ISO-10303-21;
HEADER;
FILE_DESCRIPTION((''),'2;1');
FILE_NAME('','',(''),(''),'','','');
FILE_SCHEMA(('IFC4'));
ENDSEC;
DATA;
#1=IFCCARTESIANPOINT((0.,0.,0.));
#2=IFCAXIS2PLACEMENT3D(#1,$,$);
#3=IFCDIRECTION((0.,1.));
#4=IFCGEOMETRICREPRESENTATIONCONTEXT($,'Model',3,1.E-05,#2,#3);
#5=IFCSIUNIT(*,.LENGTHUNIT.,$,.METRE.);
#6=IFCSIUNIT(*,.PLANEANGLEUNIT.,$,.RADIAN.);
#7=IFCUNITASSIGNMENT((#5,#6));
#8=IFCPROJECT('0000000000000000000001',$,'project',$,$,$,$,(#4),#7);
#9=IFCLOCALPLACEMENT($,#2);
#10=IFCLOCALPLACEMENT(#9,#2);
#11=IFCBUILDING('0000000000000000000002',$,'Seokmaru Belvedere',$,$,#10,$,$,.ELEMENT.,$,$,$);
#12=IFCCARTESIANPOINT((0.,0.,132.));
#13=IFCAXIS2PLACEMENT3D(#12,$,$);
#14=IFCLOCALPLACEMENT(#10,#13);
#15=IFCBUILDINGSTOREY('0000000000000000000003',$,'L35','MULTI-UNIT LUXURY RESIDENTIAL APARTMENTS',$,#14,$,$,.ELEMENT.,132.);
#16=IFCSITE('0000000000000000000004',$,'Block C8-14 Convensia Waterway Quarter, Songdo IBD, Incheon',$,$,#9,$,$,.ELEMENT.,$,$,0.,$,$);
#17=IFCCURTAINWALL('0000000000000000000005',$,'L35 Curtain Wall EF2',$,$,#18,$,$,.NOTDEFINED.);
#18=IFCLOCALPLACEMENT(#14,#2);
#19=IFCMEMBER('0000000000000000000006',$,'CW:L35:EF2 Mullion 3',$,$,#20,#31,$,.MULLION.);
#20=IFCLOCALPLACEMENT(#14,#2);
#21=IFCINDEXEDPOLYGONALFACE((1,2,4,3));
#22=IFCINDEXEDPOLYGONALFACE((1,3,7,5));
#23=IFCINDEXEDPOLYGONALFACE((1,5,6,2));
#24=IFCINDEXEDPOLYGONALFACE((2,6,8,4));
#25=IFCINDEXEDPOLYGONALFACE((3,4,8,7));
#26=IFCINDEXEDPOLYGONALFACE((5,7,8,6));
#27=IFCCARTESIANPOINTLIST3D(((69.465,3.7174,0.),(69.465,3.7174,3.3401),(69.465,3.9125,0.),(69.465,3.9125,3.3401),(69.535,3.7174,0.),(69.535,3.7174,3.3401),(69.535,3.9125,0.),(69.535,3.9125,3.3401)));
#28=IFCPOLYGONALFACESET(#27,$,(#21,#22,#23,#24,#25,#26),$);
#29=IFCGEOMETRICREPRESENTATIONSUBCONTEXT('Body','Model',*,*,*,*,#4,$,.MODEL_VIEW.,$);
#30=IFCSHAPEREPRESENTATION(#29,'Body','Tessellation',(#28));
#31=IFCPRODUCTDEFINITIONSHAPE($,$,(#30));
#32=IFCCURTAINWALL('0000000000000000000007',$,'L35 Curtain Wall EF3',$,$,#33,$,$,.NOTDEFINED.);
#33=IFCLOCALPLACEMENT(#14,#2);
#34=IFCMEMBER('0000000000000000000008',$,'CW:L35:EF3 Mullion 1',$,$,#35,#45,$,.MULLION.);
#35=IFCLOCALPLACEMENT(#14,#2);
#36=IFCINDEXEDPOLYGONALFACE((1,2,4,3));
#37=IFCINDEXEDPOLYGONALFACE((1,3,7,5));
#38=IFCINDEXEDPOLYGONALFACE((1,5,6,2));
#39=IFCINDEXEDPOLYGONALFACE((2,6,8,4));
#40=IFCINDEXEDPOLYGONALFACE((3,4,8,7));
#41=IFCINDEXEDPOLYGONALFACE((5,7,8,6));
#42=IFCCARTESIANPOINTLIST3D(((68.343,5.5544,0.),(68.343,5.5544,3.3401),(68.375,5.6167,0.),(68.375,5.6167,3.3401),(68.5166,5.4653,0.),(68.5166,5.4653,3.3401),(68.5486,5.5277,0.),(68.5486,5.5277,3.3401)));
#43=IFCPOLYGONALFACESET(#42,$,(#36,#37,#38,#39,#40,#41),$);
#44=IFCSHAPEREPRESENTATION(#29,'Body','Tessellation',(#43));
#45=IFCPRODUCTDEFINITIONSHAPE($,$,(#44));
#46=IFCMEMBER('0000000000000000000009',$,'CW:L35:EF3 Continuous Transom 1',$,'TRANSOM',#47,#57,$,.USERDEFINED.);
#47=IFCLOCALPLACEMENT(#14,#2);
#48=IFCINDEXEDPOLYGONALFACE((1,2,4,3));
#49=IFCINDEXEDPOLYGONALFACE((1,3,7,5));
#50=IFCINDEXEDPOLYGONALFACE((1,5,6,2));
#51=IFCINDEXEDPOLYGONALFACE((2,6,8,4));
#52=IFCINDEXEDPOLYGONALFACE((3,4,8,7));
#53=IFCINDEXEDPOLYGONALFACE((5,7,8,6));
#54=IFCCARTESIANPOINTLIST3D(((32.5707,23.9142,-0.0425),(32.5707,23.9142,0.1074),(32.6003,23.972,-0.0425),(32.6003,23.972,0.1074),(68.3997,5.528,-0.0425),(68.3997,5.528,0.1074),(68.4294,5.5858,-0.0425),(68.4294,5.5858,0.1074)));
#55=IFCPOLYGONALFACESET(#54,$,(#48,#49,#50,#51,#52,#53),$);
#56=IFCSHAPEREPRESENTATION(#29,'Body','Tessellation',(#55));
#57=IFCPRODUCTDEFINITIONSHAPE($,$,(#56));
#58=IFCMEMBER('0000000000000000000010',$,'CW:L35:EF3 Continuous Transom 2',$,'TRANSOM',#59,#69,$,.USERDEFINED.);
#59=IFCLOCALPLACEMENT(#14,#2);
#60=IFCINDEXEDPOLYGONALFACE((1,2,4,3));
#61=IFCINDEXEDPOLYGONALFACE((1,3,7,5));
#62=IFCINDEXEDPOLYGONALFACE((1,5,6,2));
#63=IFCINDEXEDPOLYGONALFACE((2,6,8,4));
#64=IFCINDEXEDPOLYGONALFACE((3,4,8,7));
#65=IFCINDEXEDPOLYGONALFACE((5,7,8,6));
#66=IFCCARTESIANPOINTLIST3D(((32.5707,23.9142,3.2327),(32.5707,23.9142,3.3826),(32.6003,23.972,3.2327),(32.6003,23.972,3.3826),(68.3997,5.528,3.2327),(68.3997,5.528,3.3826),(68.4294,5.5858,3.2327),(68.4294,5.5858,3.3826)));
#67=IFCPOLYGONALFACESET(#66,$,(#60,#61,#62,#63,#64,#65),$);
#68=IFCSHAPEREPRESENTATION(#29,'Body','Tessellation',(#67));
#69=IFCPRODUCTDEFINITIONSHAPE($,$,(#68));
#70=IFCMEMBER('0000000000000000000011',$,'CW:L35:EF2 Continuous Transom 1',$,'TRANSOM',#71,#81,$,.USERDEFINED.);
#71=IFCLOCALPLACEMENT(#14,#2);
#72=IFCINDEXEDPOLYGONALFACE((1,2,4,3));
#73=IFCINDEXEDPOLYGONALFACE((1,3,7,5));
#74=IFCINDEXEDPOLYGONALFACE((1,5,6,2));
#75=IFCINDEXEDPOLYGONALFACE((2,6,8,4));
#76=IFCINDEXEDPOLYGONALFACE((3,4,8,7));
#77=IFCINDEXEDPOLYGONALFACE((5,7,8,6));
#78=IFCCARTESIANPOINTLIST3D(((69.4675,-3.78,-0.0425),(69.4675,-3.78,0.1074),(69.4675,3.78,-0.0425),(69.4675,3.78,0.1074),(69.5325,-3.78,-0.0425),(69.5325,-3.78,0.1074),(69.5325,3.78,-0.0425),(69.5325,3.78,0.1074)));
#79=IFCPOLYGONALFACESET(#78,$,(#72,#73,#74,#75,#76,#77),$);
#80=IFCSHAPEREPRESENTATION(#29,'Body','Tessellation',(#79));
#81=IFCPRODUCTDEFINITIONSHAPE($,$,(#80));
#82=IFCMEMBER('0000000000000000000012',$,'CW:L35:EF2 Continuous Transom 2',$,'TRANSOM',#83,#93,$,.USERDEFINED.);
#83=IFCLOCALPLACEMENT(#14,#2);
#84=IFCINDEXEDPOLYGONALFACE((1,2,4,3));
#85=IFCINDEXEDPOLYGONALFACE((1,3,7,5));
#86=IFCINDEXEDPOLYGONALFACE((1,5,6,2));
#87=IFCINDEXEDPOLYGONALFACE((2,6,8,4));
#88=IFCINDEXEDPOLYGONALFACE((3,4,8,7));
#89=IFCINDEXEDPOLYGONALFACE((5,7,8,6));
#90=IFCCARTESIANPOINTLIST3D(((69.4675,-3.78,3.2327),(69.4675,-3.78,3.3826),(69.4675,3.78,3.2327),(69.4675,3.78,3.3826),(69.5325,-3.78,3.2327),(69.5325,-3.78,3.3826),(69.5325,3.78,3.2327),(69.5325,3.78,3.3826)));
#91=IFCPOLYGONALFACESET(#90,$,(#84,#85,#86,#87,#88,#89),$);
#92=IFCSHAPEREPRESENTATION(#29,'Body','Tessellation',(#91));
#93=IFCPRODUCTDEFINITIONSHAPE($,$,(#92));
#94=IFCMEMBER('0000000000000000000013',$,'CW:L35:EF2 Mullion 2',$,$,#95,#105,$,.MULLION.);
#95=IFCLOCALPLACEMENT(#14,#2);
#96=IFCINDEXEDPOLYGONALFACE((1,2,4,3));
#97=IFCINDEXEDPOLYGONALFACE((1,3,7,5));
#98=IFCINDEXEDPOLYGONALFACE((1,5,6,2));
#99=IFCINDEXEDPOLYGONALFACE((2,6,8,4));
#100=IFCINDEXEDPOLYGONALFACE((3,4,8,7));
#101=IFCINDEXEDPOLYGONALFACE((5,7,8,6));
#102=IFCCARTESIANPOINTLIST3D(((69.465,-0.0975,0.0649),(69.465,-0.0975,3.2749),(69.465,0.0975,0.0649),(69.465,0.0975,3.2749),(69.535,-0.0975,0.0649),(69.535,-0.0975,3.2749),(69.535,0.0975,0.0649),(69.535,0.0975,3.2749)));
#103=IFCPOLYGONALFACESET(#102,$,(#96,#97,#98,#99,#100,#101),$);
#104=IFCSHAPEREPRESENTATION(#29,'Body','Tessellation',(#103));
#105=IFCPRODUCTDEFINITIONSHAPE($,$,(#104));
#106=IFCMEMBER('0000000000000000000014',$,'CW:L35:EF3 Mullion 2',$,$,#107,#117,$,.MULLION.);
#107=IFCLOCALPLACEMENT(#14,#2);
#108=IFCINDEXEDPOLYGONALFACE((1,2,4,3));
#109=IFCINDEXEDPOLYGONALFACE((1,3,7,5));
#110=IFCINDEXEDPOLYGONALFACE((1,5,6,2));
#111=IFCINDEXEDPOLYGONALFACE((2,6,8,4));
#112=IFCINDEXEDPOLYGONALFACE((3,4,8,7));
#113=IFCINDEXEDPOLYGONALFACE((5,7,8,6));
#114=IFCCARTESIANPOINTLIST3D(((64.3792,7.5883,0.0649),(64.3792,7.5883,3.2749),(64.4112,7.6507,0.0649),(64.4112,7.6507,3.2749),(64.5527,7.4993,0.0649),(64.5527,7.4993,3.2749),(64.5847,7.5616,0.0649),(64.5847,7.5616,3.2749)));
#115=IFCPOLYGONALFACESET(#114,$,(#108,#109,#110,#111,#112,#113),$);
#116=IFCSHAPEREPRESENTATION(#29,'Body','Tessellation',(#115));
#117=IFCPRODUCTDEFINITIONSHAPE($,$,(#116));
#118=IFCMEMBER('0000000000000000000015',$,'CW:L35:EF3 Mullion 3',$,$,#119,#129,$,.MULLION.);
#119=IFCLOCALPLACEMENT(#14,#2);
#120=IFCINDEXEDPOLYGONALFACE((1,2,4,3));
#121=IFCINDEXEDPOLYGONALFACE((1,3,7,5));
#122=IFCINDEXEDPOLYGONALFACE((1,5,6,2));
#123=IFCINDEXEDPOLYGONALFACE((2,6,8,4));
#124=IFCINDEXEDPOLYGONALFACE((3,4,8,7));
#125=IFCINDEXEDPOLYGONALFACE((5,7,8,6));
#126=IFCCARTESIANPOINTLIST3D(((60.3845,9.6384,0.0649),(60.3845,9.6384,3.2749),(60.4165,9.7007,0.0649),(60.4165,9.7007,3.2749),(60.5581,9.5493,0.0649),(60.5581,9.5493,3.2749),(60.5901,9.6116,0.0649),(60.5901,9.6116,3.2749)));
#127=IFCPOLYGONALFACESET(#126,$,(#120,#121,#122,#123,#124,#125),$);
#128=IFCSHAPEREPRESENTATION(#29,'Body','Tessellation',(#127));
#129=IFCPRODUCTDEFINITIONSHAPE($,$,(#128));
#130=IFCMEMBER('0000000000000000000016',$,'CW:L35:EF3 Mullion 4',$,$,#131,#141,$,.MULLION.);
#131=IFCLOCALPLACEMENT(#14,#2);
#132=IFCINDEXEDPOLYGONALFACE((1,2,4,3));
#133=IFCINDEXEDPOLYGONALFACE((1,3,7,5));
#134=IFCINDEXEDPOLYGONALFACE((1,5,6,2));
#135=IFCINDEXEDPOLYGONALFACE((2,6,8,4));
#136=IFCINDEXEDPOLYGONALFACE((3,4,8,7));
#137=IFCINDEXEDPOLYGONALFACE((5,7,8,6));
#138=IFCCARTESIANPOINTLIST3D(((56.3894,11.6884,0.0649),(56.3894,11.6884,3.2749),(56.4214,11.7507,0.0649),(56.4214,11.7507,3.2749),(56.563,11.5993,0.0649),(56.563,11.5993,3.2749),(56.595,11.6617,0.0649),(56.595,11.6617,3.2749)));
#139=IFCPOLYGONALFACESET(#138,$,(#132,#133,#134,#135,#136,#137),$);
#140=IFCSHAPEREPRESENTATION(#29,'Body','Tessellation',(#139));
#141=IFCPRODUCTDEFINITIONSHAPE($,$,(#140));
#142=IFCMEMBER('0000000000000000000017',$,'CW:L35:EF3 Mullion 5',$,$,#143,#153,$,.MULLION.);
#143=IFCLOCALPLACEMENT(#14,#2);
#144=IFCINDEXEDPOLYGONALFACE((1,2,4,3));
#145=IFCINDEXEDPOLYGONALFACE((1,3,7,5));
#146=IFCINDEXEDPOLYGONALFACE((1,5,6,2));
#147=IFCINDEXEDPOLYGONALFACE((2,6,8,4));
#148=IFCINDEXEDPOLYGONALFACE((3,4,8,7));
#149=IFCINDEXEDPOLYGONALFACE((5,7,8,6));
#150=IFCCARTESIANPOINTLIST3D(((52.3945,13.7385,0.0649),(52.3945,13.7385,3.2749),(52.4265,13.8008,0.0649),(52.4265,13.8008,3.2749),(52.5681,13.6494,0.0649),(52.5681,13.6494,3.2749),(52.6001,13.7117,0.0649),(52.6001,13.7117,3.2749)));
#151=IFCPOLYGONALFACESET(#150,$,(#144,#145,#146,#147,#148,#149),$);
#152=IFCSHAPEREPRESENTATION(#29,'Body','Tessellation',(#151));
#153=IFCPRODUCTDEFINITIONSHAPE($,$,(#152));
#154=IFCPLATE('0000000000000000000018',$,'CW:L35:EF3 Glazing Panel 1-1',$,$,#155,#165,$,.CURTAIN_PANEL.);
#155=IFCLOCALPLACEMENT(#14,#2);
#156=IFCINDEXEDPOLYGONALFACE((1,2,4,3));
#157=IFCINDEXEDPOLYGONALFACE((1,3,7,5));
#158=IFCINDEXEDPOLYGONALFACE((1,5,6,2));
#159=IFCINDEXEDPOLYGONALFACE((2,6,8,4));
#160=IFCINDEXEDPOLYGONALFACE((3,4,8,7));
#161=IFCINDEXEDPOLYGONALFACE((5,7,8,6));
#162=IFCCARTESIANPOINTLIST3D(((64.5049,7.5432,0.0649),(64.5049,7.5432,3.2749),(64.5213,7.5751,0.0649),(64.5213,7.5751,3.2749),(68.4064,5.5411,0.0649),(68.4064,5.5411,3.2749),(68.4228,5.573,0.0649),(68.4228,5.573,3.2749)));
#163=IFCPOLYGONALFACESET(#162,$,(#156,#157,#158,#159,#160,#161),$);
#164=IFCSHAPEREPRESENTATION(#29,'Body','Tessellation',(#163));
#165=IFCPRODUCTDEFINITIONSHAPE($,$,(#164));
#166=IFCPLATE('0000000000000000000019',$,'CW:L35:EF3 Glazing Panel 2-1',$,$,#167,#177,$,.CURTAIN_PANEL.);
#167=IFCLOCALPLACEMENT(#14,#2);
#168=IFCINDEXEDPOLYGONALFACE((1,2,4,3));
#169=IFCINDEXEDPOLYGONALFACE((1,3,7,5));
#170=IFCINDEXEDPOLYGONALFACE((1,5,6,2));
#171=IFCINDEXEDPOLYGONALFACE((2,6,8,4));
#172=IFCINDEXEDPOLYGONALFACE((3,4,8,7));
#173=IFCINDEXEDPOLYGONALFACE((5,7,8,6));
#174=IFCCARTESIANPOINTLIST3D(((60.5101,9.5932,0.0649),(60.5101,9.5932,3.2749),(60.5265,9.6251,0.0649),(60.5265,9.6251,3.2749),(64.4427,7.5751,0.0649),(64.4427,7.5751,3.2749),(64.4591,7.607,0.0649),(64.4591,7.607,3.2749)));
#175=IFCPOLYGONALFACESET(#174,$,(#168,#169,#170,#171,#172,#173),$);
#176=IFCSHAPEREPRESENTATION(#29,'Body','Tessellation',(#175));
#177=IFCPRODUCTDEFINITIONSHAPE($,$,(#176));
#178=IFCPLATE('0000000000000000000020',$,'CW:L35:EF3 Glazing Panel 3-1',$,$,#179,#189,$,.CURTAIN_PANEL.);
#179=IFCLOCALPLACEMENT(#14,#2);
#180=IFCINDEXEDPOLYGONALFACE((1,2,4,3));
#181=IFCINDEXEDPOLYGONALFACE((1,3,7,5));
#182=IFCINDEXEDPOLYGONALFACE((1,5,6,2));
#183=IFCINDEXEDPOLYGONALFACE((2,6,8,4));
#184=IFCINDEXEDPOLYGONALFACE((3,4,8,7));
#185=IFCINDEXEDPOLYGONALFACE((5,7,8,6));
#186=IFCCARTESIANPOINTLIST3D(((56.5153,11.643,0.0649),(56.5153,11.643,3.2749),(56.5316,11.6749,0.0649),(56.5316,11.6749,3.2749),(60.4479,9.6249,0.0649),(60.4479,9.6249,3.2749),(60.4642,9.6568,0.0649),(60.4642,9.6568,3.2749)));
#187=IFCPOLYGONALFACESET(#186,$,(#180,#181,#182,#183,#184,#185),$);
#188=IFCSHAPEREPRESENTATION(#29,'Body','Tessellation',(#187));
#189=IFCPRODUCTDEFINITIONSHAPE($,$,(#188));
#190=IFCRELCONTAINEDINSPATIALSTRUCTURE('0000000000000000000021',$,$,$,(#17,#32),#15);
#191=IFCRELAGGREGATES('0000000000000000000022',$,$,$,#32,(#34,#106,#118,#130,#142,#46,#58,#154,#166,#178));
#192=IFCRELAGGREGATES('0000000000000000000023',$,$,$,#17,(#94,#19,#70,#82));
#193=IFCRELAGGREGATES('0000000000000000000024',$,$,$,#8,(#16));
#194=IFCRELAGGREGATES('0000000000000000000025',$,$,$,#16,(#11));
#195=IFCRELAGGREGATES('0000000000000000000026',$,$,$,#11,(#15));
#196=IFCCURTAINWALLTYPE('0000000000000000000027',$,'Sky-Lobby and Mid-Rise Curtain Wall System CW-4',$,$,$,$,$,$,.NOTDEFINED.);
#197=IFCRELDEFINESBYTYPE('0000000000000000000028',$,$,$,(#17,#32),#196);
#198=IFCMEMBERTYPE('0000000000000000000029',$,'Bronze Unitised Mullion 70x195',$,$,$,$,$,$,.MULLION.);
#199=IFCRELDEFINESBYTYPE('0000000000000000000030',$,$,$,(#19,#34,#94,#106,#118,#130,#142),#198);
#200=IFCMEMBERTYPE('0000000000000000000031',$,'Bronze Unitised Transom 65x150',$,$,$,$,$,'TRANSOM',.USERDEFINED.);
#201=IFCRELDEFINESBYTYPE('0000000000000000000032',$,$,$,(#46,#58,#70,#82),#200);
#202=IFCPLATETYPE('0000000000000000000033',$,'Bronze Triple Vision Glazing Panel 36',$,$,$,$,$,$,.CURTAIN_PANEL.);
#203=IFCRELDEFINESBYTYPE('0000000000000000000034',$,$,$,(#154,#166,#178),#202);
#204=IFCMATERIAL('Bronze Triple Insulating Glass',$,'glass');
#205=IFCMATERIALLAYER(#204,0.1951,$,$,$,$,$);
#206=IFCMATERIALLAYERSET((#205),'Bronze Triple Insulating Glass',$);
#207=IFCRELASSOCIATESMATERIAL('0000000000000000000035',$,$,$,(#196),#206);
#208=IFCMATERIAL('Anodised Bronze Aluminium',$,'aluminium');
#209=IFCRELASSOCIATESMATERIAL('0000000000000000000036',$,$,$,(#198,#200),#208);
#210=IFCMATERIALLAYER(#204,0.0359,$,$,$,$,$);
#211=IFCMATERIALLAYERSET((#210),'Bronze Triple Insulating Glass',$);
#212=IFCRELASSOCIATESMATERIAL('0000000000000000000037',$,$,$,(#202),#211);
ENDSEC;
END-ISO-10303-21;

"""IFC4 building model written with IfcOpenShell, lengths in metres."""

from ifc_helpers import new_model, si_unit, direction, frame, origin, origin_2d, place, context, subcontext, project, spatial, rectangle, extrude, source, transform, mapped, material, layer, layer_set, material_profile, profile_set, type_object, type_shapes, element, aggregate, save


model = new_model("IFC4")

# Units and contexts
model_context = context("Model", 3, precision=1e-05, world=origin(), true_north=direction((0.0, 1.0)))
body_context = subcontext(model_context, "Body", "Model", "MODEL_VIEW")
ifc_project = project(units=[si_unit("LENGTHUNIT", "METRE"), si_unit("PLANEANGLEUNIT", "RADIAN")], contexts=[model_context])

# Site, building, storey
site_placement = place(None, origin())
site = spatial("IfcSite", under=ifc_project, at=site_placement, Name="Block C8-14 Convensia Waterway Quarter, Songdo IBD, Incheon", CompositionType="ELEMENT", RefElevation=0.0)
building_placement = place(site_placement, origin())
building = spatial("IfcBuilding", under=site, at=building_placement, Name="Seokmaru Belvedere", CompositionType="ELEMENT")
storey_placement = place(building_placement, frame((0.0, 0.0, 132.0)))
storey = spatial("IfcBuildingStorey", under=building, at=storey_placement, Name="L35", Description="MULTI-UNIT LUXURY RESIDENTIAL APARTMENTS", CompositionType="ELEMENT", Elevation=132.0)

# Curtain walls, members
ifc_material_1 = material(Name="Bronze Triple Insulating Glass", Category="glass")
ifc_layer_1 = layer(ifc_material_1, 0.1951)
ifc_layer_set_1 = layer_set([ifc_layer_1], Name="Bronze Triple Insulating Glass")
curtain_wall_type = type_object("IfcCurtainWallType", Name="Sky-Lobby and Mid-Rise Curtain Wall System CW-4", PredefinedType="NOTDEFINED", material=ifc_layer_set_1)
curtain_wall_1_placement = place(storey_placement, origin())
curtain_wall_1 = element("IfcCurtainWall", 1, at=curtain_wall_1_placement, inside=storey, type_object=curtain_wall_type, Name="L35 Curtain Wall EF2", PredefinedType="NOTDEFINED")
ifc_material_2 = material(Name="Anodised Bronze Aluminium", Category="aluminium")
ifc_material_profile_1 = material_profile(ifc_material_2, rectangle(XDim=0.0701, YDim=0.1951, at=origin_2d()), Name="CW-M-70x195")
ifc_profile_set_1 = profile_set([ifc_material_profile_1], Name="Anodised Bronze Aluminium")
member_type_1 = type_object("IfcMemberType", Name="Bronze Unitised Mullion 70x195", PredefinedType="MULLION", material=ifc_profile_set_1)
shared_shape_1 = source(origin(), body_context, "Body", "SweptSolid", [
    extrude(rectangle(XDim=0.0701, YDim=0.1951, at=origin_2d()), origin(), (0.0, 0.0, 1.0), 3.3401),
])
member_1_placement = place(storey_placement, frame((69.5, 3.8149, 0.0), z_axis=(0.0, 0.0, 1.0), x_axis=(-1.0, 0.0, 0.0)))
member_1 = element("IfcMember", 2, at=member_1_placement, type_object=member_type_1, Name="CW:L35:EF2 Mullion 3", PredefinedType="MULLION", context=body_context, shape_type="MappedRepresentation", body=[
    mapped(shared_shape_1, transform((0.0, 0.0, 0.0), scale=1.0)),
])
curtain_wall_2_placement = place(storey_placement, origin())
curtain_wall_2 = element("IfcCurtainWall", 3, at=curtain_wall_2_placement, inside=storey, type_object=curtain_wall_type, Name="L35 Curtain Wall EF3", PredefinedType="NOTDEFINED")
member_2_placement = place(storey_placement, frame((68.4458, 5.541, 0.0), z_axis=(0.0, 0.0, 1.0), x_axis=(-0.456555, -0.889695, 0.0)))
member_2 = element("IfcMember", 4, at=member_2_placement, type_object=member_type_1, Name="CW:L35:EF3 Mullion 1", PredefinedType="MULLION", context=body_context, shape_type="MappedRepresentation", body=[
    mapped(shared_shape_1, transform((0.0, 0.0, 0.0), scale=1.0)),
])
ifc_material_profile_2 = material_profile(ifc_material_2, rectangle(XDim=0.0649, YDim=0.1499, at=origin_2d()), Name="CW-T-65x150")
ifc_profile_set_2 = profile_set([ifc_material_profile_2], Name="Anodised Bronze Aluminium")
member_type_2 = type_object("IfcMemberType", Name="Bronze Unitised Transom 65x150", ElementType="TRANSOM", PredefinedType="USERDEFINED", material=ifc_profile_set_2)
shared_shape_2 = source(origin(), body_context, "Body", "SweptSolid", [
    extrude(rectangle(XDim=0.0649, YDim=0.1499, at=origin_2d()), origin(), (0.0, 0.0, 1.0), 40.2712),
])
member_3_placement = place(storey_placement, frame((68.4146, 5.5569, 0.0325), z_axis=(-0.889693, 0.456559, 0.0), x_axis=(-0.456559, -0.889693, 0.0)))
member_3 = element("IfcMember", 5, at=member_3_placement, type_object=member_type_2, Name="CW:L35:EF3 Continuous Transom 1", ObjectType="TRANSOM", PredefinedType="USERDEFINED", context=body_context, shape_type="MappedRepresentation", body=[
    mapped(shared_shape_2, transform((0.0, 0.0, 0.0), scale=1.0)),
])
member_4_placement = place(storey_placement, frame((68.4146, 5.5569, 3.3076), z_axis=(-0.889693, 0.456559, 0.0), x_axis=(-0.456559, -0.889693, 0.0)))
member_4 = element("IfcMember", 6, at=member_4_placement, type_object=member_type_2, Name="CW:L35:EF3 Continuous Transom 2", ObjectType="TRANSOM", PredefinedType="USERDEFINED", context=body_context, shape_type="MappedRepresentation", body=[
    mapped(shared_shape_2, transform((0.0, 0.0, 0.0), scale=1.0)),
])

# Members
shared_shape_3 = source(origin(), body_context, "Body", "SweptSolid", [
    extrude(rectangle(XDim=0.0649, YDim=0.1499, at=origin_2d()), origin(), (0.0, 0.0, 1.0), 7.5601),
])
type_shapes(member_type_2, [shared_shape_2, shared_shape_3])
member_5_placement = place(storey_placement, frame((69.5, -3.78, 0.0325), z_axis=(0.0, 1.0, 0.0), x_axis=(-1.0, 0.0, 0.0)))
member_5 = element("IfcMember", 7, at=member_5_placement, type_object=member_type_2, Name="CW:L35:EF2 Continuous Transom 1", ObjectType="TRANSOM", PredefinedType="USERDEFINED", context=body_context, shape_type="MappedRepresentation", body=[
    mapped(shared_shape_3, transform((0.0, 0.0, 0.0), scale=1.0)),
])
member_6_placement = place(storey_placement, frame((69.5, -3.78, 3.3076), z_axis=(0.0, 1.0, 0.0), x_axis=(-1.0, 0.0, 0.0)))
member_6 = element("IfcMember", 8, at=member_6_placement, type_object=member_type_2, Name="CW:L35:EF2 Continuous Transom 2", ObjectType="TRANSOM", PredefinedType="USERDEFINED", context=body_context, shape_type="MappedRepresentation", body=[
    mapped(shared_shape_3, transform((0.0, 0.0, 0.0), scale=1.0)),
])
shared_shape_4 = source(origin(), body_context, "Body", "SweptSolid", [
    extrude(rectangle(XDim=0.0701, YDim=0.1951, at=origin_2d()), origin(), (0.0, 0.0, 1.0), 3.21),
])
type_shapes(member_type_1, [shared_shape_1, shared_shape_4])
member_7_placement = place(storey_placement, frame((69.5, 0.0, 0.0649), z_axis=(0.0, 0.0, 1.0), x_axis=(-1.0, 0.0, 0.0)))
member_7 = element("IfcMember", 9, at=member_7_placement, type_object=member_type_1, Name="CW:L35:EF2 Mullion 2", PredefinedType="MULLION", context=body_context, shape_type="MappedRepresentation", body=[
    mapped(shared_shape_4, transform((0.0, 0.0, 0.0), scale=1.0)),
])
member_8_placement = place(storey_placement, frame((64.4819, 7.575, 0.0649), z_axis=(0.0, 0.0, 1.0), x_axis=(-0.456555, -0.889695, 0.0)))
member_8 = element("IfcMember", 10, at=member_8_placement, type_object=member_type_1, Name="CW:L35:EF3 Mullion 2", PredefinedType="MULLION", context=body_context, shape_type="MappedRepresentation", body=[
    mapped(shared_shape_4, transform((0.0, 0.0, 0.0), scale=1.0)),
])
member_9_placement = place(storey_placement, frame((60.4873, 9.625, 0.0649), z_axis=(0.0, 0.0, 1.0), x_axis=(-0.456555, -0.889695, 0.0)))
member_9 = element("IfcMember", 11, at=member_9_placement, type_object=member_type_1, Name="CW:L35:EF3 Mullion 3", PredefinedType="MULLION", context=body_context, shape_type="MappedRepresentation", body=[
    mapped(shared_shape_4, transform((0.0, 0.0, 0.0), scale=1.0)),
])
member_10_placement = place(storey_placement, frame((56.4922, 11.675, 0.0649), z_axis=(0.0, 0.0, 1.0), x_axis=(-0.456555, -0.889695, 0.0)))
member_10 = element("IfcMember", 12, at=member_10_placement, type_object=member_type_1, Name="CW:L35:EF3 Mullion 4", PredefinedType="MULLION", context=body_context, shape_type="MappedRepresentation", body=[
    mapped(shared_shape_4, transform((0.0, 0.0, 0.0), scale=1.0)),
])
member_11_placement = place(storey_placement, frame((52.4973, 13.7251, 0.0649), z_axis=(0.0, 0.0, 1.0), x_axis=(-0.456555, -0.889695, 0.0)))
member_11 = element("IfcMember", 13, at=member_11_placement, type_object=member_type_1, Name="CW:L35:EF3 Mullion 5", PredefinedType="MULLION", context=body_context, shape_type="MappedRepresentation", body=[
    mapped(shared_shape_4, transform((0.0, 0.0, 0.0), scale=1.0)),
])

# Plates
ifc_layer_2 = layer(ifc_material_1, 0.0359)
ifc_layer_set_2 = layer_set([ifc_layer_2], Name="Bronze Triple Insulating Glass")
plate_type = type_object("IfcPlateType", Name="Bronze Triple Vision Glazing Panel 36", PredefinedType="CURTAIN_PANEL", material=ifc_layer_set_2)
shared_shape_5 = source(origin(), body_context, "Body", "SweptSolid", [
    extrude(rectangle(XDim=4.3853, YDim=0.0359, at=origin_2d()), origin(), (0.0, 0.0, 1.0), 3.21),
])
plate_1_placement = place(storey_placement, frame((66.4639, 6.5581, 0.0649), z_axis=(0.0, 0.0, 1.0), x_axis=(-0.889695, 0.456555, 0.0)))
plate_1 = element("IfcPlate", 14, at=plate_1_placement, type_object=plate_type, Name="CW:L35:EF3 Glazing Panel 1-1", PredefinedType="CURTAIN_PANEL", context=body_context, shape_type="MappedRepresentation", body=[
    mapped(shared_shape_5, transform((0.0, 0.0, 0.0), scale=1.0)),
])
shared_shape_6 = source(origin(), body_context, "Body", "SweptSolid", [
    extrude(rectangle(XDim=4.4202, YDim=0.0359, at=origin_2d()), origin(), (0.0, 0.0, 1.0), 3.21),
])
plate_2_placement = place(storey_placement, frame((62.4846, 8.6001, 0.0649), z_axis=(0.0, 0.0, 1.0), x_axis=(-0.889695, 0.456555, 0.0)))
plate_2 = element("IfcPlate", 15, at=plate_2_placement, type_object=plate_type, Name="CW:L35:EF3 Glazing Panel 2-1", PredefinedType="CURTAIN_PANEL", context=body_context, shape_type="MappedRepresentation", body=[
    mapped(shared_shape_6, transform((0.0, 0.0, 0.0), scale=1.0)),
])
plate_3_placement = place(storey_placement, frame((58.4897, 10.6499, 0.0649), z_axis=(0.0, 0.0, 1.0), x_axis=(-0.889695, 0.456555, 0.0)))
plate_3 = element("IfcPlate", 16, at=plate_3_placement, type_object=plate_type, Name="CW:L35:EF3 Glazing Panel 3-1", PredefinedType="CURTAIN_PANEL", context=body_context, shape_type="MappedRepresentation", body=[
    mapped(shared_shape_6, transform((0.0, 0.0, 0.0), scale=1.0)),
])
aggregate(curtain_wall_2, [member_2, member_8, member_9, member_10, member_11, member_3, member_4, plate_1, plate_2, plate_3])
aggregate(curtain_wall_1, [member_7, member_1, member_5, member_6])

save(model, "model.ifc")
